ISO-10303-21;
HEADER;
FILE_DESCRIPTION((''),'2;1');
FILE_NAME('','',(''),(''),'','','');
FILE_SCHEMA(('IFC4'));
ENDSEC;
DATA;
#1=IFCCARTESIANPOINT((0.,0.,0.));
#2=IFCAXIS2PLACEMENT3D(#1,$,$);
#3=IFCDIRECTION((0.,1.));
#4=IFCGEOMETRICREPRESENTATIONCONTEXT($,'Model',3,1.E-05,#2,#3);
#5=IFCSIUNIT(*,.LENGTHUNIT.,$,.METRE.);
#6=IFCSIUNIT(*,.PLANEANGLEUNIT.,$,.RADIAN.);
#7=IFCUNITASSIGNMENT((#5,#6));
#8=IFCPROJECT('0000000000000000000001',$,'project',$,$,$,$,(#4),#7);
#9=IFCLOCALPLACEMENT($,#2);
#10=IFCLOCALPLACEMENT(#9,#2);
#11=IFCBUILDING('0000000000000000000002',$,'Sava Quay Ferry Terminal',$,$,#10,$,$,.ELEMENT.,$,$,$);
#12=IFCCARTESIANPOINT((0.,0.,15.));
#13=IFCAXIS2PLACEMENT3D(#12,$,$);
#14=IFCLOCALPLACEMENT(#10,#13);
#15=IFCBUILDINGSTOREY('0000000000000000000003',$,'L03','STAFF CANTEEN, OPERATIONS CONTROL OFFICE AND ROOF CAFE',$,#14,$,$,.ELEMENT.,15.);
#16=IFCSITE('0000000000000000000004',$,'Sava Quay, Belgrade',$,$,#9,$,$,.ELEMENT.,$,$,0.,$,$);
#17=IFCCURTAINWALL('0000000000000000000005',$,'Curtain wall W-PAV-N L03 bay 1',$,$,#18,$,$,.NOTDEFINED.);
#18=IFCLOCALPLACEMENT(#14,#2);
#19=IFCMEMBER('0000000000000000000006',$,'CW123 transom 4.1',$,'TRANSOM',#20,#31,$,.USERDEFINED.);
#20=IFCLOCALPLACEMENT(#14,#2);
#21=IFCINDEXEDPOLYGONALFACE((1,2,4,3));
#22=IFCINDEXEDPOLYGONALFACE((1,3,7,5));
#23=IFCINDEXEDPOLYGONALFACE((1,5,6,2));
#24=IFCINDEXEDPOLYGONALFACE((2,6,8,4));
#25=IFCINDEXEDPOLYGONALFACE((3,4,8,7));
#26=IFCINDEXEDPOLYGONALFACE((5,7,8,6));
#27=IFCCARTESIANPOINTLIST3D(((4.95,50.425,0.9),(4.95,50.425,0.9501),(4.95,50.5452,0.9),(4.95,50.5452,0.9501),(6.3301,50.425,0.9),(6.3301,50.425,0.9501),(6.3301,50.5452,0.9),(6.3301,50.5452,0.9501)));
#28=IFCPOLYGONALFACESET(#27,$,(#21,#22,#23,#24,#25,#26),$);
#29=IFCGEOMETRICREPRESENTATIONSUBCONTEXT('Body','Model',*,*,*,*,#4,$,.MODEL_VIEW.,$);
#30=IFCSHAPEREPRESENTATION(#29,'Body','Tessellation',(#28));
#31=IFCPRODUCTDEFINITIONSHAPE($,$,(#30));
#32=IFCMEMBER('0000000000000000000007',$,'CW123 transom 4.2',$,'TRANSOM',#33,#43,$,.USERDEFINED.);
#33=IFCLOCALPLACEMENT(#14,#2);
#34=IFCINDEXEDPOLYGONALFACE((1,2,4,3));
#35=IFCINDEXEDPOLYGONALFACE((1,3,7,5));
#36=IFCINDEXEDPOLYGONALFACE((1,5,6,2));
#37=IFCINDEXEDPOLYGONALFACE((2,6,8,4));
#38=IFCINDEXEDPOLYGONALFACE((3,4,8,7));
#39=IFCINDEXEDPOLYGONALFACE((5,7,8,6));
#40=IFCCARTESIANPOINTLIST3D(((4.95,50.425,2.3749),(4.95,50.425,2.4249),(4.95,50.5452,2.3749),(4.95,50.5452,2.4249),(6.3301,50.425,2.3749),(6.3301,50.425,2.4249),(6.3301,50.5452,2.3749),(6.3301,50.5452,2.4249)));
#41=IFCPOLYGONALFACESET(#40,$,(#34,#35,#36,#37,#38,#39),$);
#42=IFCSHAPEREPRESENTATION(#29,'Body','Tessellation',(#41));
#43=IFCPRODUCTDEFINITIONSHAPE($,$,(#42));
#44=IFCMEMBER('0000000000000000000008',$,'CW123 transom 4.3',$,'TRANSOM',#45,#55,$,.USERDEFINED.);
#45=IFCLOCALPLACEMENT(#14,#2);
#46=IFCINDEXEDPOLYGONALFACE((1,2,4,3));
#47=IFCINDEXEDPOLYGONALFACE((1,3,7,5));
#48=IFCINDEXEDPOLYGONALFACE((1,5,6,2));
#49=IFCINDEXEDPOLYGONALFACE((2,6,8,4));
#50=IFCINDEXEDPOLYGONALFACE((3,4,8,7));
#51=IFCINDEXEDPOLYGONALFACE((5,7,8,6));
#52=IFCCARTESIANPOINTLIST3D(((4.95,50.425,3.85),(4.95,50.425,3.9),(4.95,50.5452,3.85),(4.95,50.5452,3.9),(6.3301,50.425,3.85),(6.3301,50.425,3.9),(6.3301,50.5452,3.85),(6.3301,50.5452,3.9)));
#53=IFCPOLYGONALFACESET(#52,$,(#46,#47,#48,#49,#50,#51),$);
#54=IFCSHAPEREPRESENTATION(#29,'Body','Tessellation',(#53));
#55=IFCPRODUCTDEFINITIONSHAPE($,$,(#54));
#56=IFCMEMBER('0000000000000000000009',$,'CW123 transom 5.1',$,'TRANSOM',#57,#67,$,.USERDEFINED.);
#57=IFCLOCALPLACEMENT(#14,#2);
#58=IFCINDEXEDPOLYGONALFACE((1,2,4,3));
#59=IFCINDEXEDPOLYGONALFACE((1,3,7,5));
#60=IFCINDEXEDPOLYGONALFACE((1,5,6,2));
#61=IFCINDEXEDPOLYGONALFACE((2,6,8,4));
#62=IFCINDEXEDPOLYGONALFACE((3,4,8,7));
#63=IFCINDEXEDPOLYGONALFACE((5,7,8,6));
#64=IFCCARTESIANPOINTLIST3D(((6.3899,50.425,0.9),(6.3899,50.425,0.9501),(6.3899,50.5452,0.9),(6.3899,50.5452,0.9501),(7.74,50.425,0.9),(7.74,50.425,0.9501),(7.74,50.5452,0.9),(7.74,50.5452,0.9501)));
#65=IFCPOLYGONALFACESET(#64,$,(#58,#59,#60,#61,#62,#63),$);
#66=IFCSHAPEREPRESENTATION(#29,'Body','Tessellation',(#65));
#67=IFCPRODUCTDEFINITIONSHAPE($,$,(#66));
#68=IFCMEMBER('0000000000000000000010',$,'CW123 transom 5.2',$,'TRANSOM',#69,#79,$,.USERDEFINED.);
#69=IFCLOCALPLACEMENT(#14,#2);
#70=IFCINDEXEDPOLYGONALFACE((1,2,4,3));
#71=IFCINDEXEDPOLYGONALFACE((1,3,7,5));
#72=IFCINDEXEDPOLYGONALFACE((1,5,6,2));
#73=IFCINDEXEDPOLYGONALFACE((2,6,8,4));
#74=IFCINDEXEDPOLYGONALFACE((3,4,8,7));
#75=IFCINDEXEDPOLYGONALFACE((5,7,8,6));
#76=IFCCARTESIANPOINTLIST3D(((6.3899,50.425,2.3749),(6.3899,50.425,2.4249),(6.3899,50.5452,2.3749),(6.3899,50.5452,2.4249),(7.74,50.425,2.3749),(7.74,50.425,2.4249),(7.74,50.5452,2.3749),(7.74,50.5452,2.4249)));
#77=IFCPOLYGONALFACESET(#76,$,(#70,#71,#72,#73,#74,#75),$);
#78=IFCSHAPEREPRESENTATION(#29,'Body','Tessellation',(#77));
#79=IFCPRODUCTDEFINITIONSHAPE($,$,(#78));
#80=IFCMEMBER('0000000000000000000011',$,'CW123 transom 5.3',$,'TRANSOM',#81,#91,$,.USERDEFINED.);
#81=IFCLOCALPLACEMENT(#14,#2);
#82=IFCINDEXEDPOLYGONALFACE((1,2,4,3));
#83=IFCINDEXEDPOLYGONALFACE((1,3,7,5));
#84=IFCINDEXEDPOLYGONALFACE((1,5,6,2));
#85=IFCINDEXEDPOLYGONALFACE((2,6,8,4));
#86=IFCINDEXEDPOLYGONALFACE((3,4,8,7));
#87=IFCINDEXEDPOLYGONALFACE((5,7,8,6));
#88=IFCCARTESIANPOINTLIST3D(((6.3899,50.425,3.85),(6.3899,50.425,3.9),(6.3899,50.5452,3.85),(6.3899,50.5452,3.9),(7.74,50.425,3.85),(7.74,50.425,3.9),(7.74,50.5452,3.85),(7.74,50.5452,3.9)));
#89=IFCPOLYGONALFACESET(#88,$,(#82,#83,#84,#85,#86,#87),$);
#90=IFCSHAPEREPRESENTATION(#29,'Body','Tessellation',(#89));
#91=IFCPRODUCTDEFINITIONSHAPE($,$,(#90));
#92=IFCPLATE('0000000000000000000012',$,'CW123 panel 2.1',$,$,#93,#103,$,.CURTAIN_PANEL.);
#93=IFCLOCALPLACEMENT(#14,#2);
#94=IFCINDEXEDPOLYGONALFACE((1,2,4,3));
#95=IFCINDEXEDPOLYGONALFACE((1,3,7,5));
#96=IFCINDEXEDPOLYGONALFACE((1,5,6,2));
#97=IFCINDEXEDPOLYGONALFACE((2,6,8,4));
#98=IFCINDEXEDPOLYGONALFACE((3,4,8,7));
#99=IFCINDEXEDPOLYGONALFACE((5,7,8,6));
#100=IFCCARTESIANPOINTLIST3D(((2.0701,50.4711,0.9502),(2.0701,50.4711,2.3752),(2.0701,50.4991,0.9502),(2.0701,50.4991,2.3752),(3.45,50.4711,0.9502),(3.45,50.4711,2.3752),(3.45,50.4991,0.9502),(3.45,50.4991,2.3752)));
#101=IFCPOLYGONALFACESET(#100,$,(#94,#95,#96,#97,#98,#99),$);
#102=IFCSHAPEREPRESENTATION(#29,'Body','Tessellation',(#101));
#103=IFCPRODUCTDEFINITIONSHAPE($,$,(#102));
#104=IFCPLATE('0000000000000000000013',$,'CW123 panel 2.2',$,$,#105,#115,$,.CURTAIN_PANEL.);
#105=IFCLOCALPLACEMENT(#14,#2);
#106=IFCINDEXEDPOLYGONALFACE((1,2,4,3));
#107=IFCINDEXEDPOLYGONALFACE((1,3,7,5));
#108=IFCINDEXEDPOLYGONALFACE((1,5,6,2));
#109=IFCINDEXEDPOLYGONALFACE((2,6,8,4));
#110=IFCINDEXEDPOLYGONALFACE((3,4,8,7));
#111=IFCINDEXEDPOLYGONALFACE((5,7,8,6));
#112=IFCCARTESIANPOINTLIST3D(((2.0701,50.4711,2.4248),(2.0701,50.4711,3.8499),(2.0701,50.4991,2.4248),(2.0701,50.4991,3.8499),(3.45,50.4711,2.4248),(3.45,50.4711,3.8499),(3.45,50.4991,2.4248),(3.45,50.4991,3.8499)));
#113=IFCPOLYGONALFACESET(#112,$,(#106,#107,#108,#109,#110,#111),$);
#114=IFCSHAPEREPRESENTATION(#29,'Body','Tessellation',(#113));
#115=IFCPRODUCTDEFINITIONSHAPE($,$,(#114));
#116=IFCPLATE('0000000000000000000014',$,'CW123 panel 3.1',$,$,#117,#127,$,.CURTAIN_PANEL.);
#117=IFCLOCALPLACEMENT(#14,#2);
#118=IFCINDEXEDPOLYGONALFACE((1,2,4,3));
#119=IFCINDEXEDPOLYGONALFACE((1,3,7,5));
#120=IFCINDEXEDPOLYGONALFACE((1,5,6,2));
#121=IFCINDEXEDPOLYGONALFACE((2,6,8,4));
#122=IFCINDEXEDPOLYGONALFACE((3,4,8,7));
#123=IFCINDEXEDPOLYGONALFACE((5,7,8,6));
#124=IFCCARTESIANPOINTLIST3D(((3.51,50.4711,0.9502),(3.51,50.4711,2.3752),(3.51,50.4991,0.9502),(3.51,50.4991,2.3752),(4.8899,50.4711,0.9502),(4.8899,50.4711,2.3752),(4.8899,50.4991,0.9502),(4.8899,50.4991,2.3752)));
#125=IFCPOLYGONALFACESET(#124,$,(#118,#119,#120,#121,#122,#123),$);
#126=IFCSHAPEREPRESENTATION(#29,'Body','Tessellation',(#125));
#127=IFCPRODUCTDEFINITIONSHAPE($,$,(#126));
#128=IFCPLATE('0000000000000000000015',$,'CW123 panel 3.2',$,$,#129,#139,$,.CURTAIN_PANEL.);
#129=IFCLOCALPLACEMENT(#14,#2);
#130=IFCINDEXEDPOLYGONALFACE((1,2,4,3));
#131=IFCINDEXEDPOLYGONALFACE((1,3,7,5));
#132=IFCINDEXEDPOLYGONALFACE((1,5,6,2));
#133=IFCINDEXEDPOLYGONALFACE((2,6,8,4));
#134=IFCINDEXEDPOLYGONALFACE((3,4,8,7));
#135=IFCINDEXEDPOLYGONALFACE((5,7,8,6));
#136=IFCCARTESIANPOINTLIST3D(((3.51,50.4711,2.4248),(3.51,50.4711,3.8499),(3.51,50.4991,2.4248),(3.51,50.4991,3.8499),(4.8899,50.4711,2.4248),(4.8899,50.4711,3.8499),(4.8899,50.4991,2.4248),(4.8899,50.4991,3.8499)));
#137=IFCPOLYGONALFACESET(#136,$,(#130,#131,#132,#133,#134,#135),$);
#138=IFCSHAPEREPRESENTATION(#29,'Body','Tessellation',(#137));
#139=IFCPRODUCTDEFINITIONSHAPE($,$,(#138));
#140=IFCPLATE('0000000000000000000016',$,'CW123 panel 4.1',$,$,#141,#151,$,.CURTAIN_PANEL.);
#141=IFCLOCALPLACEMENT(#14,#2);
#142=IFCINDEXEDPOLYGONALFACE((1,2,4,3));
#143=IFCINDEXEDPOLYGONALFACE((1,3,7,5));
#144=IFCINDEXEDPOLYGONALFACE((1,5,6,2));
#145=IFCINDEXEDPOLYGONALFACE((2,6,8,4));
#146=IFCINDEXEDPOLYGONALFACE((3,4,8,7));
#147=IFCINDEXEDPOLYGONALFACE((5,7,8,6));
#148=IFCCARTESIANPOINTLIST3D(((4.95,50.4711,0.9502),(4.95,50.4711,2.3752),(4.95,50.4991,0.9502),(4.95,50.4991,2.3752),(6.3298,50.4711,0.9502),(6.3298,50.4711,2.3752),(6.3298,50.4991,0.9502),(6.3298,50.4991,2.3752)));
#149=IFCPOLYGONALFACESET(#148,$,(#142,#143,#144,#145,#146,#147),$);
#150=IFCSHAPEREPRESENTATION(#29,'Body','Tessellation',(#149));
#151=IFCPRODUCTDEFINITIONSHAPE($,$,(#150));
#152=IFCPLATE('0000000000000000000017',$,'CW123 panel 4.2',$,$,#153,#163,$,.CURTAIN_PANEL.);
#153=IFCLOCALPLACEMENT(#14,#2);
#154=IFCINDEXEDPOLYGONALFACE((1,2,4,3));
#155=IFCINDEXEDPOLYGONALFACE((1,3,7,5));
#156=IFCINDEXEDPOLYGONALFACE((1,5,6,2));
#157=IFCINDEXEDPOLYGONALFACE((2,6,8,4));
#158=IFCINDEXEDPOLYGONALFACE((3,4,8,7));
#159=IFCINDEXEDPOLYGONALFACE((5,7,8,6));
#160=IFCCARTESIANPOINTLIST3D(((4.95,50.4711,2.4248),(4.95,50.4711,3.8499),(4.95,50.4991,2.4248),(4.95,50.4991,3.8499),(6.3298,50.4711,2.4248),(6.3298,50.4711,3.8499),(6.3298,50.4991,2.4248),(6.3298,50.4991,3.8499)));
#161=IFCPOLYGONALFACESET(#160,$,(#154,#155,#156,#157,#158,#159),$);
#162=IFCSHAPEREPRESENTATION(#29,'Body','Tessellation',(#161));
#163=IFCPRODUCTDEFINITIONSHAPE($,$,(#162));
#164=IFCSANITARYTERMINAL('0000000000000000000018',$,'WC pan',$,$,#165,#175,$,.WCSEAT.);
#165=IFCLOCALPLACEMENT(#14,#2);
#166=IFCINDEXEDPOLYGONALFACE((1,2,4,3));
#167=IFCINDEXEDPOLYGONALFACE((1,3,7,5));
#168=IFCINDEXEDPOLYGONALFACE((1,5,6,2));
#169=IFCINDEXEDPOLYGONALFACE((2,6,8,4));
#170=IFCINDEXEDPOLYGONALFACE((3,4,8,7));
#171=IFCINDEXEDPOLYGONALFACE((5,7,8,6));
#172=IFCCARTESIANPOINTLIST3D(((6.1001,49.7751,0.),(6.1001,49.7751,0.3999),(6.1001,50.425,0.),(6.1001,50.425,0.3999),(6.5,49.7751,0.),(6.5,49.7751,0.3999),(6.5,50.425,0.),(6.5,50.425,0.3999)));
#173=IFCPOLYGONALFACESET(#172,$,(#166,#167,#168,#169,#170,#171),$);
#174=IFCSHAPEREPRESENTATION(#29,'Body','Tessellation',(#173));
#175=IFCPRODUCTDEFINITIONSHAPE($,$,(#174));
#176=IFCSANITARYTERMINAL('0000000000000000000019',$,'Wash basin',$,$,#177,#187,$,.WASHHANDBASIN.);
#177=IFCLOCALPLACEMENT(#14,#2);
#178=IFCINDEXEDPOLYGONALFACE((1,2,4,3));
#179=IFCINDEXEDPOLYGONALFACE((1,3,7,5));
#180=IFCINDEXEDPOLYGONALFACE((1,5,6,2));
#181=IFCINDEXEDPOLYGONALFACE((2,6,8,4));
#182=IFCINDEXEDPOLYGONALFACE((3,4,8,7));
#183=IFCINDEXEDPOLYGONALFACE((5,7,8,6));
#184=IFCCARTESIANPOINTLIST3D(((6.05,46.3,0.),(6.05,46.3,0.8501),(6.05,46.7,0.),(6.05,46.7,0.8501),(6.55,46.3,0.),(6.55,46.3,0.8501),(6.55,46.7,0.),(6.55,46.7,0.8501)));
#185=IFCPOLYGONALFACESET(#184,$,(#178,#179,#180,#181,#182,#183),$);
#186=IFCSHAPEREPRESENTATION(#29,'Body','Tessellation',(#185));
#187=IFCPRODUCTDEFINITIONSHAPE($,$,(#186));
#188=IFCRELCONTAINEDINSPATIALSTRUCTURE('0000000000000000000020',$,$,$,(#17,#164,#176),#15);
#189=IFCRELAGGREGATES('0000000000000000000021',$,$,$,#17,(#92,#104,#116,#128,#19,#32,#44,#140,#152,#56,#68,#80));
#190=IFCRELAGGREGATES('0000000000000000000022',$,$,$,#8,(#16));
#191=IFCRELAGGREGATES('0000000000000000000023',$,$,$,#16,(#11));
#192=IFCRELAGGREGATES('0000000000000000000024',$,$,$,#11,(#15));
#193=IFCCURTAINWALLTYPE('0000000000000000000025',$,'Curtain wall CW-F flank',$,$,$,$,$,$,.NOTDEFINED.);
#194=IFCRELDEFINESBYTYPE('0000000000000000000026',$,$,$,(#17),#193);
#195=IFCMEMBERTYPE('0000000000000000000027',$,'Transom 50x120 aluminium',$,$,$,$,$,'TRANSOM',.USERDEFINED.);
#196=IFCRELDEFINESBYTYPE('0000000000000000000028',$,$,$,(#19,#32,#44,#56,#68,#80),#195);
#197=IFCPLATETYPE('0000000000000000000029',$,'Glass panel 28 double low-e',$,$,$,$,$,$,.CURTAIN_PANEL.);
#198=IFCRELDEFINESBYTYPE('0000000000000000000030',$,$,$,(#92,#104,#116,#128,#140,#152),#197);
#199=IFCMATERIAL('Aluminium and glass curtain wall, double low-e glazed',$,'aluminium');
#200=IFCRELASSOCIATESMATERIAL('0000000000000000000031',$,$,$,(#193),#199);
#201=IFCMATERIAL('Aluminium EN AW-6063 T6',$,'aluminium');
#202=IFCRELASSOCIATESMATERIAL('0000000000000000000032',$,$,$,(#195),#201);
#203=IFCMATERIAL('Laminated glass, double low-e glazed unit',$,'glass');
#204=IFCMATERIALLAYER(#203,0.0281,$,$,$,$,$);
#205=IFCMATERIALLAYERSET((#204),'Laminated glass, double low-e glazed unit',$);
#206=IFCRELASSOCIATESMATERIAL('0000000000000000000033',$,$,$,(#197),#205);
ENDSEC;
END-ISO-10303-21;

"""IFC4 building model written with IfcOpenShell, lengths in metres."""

from ifc_helpers import new_model, si_unit, direction, frame, origin, origin_2d, place, context, subcontext, project, spatial, rectangle, extrude, material, layer, layer_set, material_profile, profile_set, type_object, element, aggregate, save


model = new_model("IFC4")

# Units and contexts
model_context = context("Model", 3, precision=1e-05, world=origin(), true_north=direction((0.0, 1.0)))
body_context = subcontext(model_context, "Body", "Model", "MODEL_VIEW")
ifc_project = project(units=[si_unit("LENGTHUNIT", "METRE"), si_unit("PLANEANGLEUNIT", "RADIAN")], contexts=[model_context])

# Site, building, storey
site_placement = place(None, origin())
site = spatial("IfcSite", under=ifc_project, at=site_placement, Name="Sava Quay, Belgrade", CompositionType="ELEMENT", RefElevation=0.0)
building_placement = place(site_placement, origin())
building = spatial("IfcBuilding", under=site, at=building_placement, Name="Sava Quay Ferry Terminal", CompositionType="ELEMENT")
storey_placement = place(building_placement, frame((0.0, 0.0, 15.0)))
storey = spatial("IfcBuildingStorey", under=building, at=storey_placement, Name="L03", Description="STAFF CANTEEN, OPERATIONS CONTROL OFFICE AND ROOF CAFE", CompositionType="ELEMENT", Elevation=15.0)

# Curtain wall
ifc_material_1 = material(Name="Aluminium and glass curtain wall, double low-e glazed", Category="aluminium")
curtain_wall_type = type_object("IfcCurtainWallType", Name="Curtain wall CW-F flank", PredefinedType="NOTDEFINED", material=ifc_material_1)
curtain_wall_placement = place(storey_placement, origin())
curtain_wall = element("IfcCurtainWall", 1, at=curtain_wall_placement, inside=storey, type_object=curtain_wall_type, Name="Curtain wall W-PAV-N L03 bay 1", PredefinedType="NOTDEFINED")

# Members
ifc_material_2 = material(Name="Aluminium EN AW-6063 T6", Category="aluminium")
ifc_material_profile_1 = material_profile(ifc_material_2, rectangle(XDim=0.1201, YDim=0.05, at=origin_2d()), Name="Transom 50x120 aluminium")
ifc_profile_set_1 = profile_set([ifc_material_profile_1], Name="Aluminium EN AW-6063 T6")
member_type_1 = type_object("IfcMemberType", Name="Transom 50x120 aluminium", ElementType="TRANSOM", PredefinedType="USERDEFINED", material=ifc_profile_set_1)
member_1_placement = place(storey_placement, frame((4.95, 50.4851, 0.925), z_axis=(1.0, 0.0, 0.0), x_axis=(0.0, 1.0, 0.0)))
member_1 = element("IfcMember", 2, at=member_1_placement, type_object=member_type_1, Name="CW123 transom 4.1", ObjectType="TRANSOM", PredefinedType="USERDEFINED", context=body_context, shape_type="SweptSolid", body=[
    extrude(rectangle(XDim=0.1201, YDim=0.05, at=origin_2d()), origin(), (0.0, 0.0, 1.0), 1.3801),
])
member_2_placement = place(storey_placement, frame((4.95, 50.4851, 2.3999), z_axis=(1.0, 0.0, 0.0), x_axis=(0.0, 1.0, 0.0)))
member_2 = element("IfcMember", 3, at=member_2_placement, type_object=member_type_1, Name="CW123 transom 4.2", ObjectType="TRANSOM", PredefinedType="USERDEFINED", context=body_context, shape_type="SweptSolid", body=[
    extrude(rectangle(XDim=0.1201, YDim=0.05, at=origin_2d()), origin(), (0.0, 0.0, 1.0), 1.3801),
])
member_3_placement = place(storey_placement, frame((4.95, 50.4851, 3.875), z_axis=(1.0, 0.0, 0.0), x_axis=(0.0, 1.0, 0.0)))
member_3 = element("IfcMember", 4, at=member_3_placement, type_object=member_type_1, Name="CW123 transom 4.3", ObjectType="TRANSOM", PredefinedType="USERDEFINED", context=body_context, shape_type="SweptSolid", body=[
    extrude(rectangle(XDim=0.1201, YDim=0.05, at=origin_2d()), origin(), (0.0, 0.0, 1.0), 1.3801),
])
member_4_placement = place(storey_placement, frame((6.3899, 50.4851, 0.925), z_axis=(1.0, 0.0, 0.0), x_axis=(0.0, 1.0, 0.0)))
member_4 = element("IfcMember", 5, at=member_4_placement, type_object=member_type_1, Name="CW123 transom 5.1", ObjectType="TRANSOM", PredefinedType="USERDEFINED", context=body_context, shape_type="SweptSolid", body=[
    extrude(rectangle(XDim=0.1201, YDim=0.05, at=origin_2d()), origin(), (0.0, 0.0, 1.0), 1.3501),
])
member_5_placement = place(storey_placement, frame((6.3899, 50.4851, 2.3999), z_axis=(1.0, 0.0, 0.0), x_axis=(0.0, 1.0, 0.0)))
member_5 = element("IfcMember", 6, at=member_5_placement, type_object=member_type_1, Name="CW123 transom 5.2", ObjectType="TRANSOM", PredefinedType="USERDEFINED", context=body_context, shape_type="SweptSolid", body=[
    extrude(rectangle(XDim=0.1201, YDim=0.05, at=origin_2d()), origin(), (0.0, 0.0, 1.0), 1.3501),
])
member_6_placement = place(storey_placement, frame((6.3899, 50.4851, 3.875), z_axis=(1.0, 0.0, 0.0), x_axis=(0.0, 1.0, 0.0)))
member_6 = element("IfcMember", 7, at=member_6_placement, type_object=member_type_1, Name="CW123 transom 5.3", ObjectType="TRANSOM", PredefinedType="USERDEFINED", context=body_context, shape_type="SweptSolid", body=[
    extrude(rectangle(XDim=0.1201, YDim=0.05, at=origin_2d()), origin(), (0.0, 0.0, 1.0), 1.3501),
])

# Plates
ifc_material_3 = material(Name="Laminated glass, double low-e glazed unit", Category="glass")
ifc_layer = layer(ifc_material_3, 0.0281)
ifc_layer_set = layer_set([ifc_layer], Name="Laminated glass, double low-e glazed unit")
plate_type = type_object("IfcPlateType", Name="Glass panel 28 double low-e", PredefinedType="CURTAIN_PANEL", material=ifc_layer_set)
plate_1_placement = place(storey_placement, frame((2.76, 50.4851, 0.9502), z_axis=(0.0, 0.0, 1.0), x_axis=(1.0, 0.0, 0.0)))
plate_1 = element("IfcPlate", 8, at=plate_1_placement, type_object=plate_type, Name="CW123 panel 2.1", PredefinedType="CURTAIN_PANEL", context=body_context, shape_type="SweptSolid", body=[
    extrude(rectangle(XDim=1.3799, YDim=0.0281, at=origin_2d()), origin(), (0.0, 0.0, 1.0), 1.425),
])
plate_2_placement = place(storey_placement, frame((2.76, 50.4851, 2.4248), z_axis=(0.0, 0.0, 1.0), x_axis=(1.0, 0.0, 0.0)))
plate_2 = element("IfcPlate", 9, at=plate_2_placement, type_object=plate_type, Name="CW123 panel 2.2", PredefinedType="CURTAIN_PANEL", context=body_context, shape_type="SweptSolid", body=[
    extrude(rectangle(XDim=1.3799, YDim=0.0281, at=origin_2d()), origin(), (0.0, 0.0, 1.0), 1.425),
])
plate_3_placement = place(storey_placement, frame((4.2, 50.4851, 0.9502), z_axis=(0.0, 0.0, 1.0), x_axis=(1.0, 0.0, 0.0)))
plate_3 = element("IfcPlate", 10, at=plate_3_placement, type_object=plate_type, Name="CW123 panel 3.1", PredefinedType="CURTAIN_PANEL", context=body_context, shape_type="SweptSolid", body=[
    extrude(rectangle(XDim=1.3799, YDim=0.0281, at=origin_2d()), origin(), (0.0, 0.0, 1.0), 1.425),
])
plate_4_placement = place(storey_placement, frame((4.2, 50.4851, 2.4248), z_axis=(0.0, 0.0, 1.0), x_axis=(1.0, 0.0, 0.0)))
plate_4 = element("IfcPlate", 11, at=plate_4_placement, type_object=plate_type, Name="CW123 panel 3.2", PredefinedType="CURTAIN_PANEL", context=body_context, shape_type="SweptSolid", body=[
    extrude(rectangle(XDim=1.3799, YDim=0.0281, at=origin_2d()), origin(), (0.0, 0.0, 1.0), 1.425),
])
plate_5_placement = place(storey_placement, frame((5.6399, 50.4851, 0.9502), z_axis=(0.0, 0.0, 1.0), x_axis=(1.0, 0.0, 0.0)))
plate_5 = element("IfcPlate", 12, at=plate_5_placement, type_object=plate_type, Name="CW123 panel 4.1", PredefinedType="CURTAIN_PANEL", context=body_context, shape_type="SweptSolid", body=[
    extrude(rectangle(XDim=1.3799, YDim=0.0281, at=origin_2d()), origin(), (0.0, 0.0, 1.0), 1.425),
])
plate_6_placement = place(storey_placement, frame((5.6399, 50.4851, 2.4248), z_axis=(0.0, 0.0, 1.0), x_axis=(1.0, 0.0, 0.0)))
plate_6 = element("IfcPlate", 13, at=plate_6_placement, type_object=plate_type, Name="CW123 panel 4.2", PredefinedType="CURTAIN_PANEL", context=body_context, shape_type="SweptSolid", body=[
    extrude(rectangle(XDim=1.3799, YDim=0.0281, at=origin_2d()), origin(), (0.0, 0.0, 1.0), 1.425),
])
aggregate(curtain_wall, [plate_1, plate_2, plate_3, plate_4, member_1, member_2, member_3, plate_5, plate_6, member_4, member_5, member_6])

# Sanitary terminals
sanitary_terminal_1_placement = place(storey_placement, frame((6.3, 50.1001, 0.0), z_axis=(0.0, 0.0, 1.0), x_axis=(1.0, 0.0, 0.0)))
element("IfcSanitaryTerminal", 14, at=sanitary_terminal_1_placement, inside=storey, Name="WC pan", PredefinedType="WCSEAT", context=body_context, shape_type="SweptSolid", body=[
    extrude(rectangle(XDim=0.3999, YDim=0.6499, at=origin_2d()), origin(), (0.0, 0.0, 1.0), 0.3999),
])
sanitary_terminal_2_placement = place(storey_placement, frame((6.3, 46.5, 0.0), z_axis=(0.0, 0.0, 1.0), x_axis=(1.0, 0.0, 0.0)))
element("IfcSanitaryTerminal", 15, at=sanitary_terminal_2_placement, inside=storey, Name="Wash basin", PredefinedType="WASHHANDBASIN", context=body_context, shape_type="SweptSolid", body=[
    extrude(rectangle(XDim=0.5, YDim=0.3999, at=origin_2d()), origin(), (0.0, 0.0, 1.0), 0.8501),
])

save(model, "model.ifc")
